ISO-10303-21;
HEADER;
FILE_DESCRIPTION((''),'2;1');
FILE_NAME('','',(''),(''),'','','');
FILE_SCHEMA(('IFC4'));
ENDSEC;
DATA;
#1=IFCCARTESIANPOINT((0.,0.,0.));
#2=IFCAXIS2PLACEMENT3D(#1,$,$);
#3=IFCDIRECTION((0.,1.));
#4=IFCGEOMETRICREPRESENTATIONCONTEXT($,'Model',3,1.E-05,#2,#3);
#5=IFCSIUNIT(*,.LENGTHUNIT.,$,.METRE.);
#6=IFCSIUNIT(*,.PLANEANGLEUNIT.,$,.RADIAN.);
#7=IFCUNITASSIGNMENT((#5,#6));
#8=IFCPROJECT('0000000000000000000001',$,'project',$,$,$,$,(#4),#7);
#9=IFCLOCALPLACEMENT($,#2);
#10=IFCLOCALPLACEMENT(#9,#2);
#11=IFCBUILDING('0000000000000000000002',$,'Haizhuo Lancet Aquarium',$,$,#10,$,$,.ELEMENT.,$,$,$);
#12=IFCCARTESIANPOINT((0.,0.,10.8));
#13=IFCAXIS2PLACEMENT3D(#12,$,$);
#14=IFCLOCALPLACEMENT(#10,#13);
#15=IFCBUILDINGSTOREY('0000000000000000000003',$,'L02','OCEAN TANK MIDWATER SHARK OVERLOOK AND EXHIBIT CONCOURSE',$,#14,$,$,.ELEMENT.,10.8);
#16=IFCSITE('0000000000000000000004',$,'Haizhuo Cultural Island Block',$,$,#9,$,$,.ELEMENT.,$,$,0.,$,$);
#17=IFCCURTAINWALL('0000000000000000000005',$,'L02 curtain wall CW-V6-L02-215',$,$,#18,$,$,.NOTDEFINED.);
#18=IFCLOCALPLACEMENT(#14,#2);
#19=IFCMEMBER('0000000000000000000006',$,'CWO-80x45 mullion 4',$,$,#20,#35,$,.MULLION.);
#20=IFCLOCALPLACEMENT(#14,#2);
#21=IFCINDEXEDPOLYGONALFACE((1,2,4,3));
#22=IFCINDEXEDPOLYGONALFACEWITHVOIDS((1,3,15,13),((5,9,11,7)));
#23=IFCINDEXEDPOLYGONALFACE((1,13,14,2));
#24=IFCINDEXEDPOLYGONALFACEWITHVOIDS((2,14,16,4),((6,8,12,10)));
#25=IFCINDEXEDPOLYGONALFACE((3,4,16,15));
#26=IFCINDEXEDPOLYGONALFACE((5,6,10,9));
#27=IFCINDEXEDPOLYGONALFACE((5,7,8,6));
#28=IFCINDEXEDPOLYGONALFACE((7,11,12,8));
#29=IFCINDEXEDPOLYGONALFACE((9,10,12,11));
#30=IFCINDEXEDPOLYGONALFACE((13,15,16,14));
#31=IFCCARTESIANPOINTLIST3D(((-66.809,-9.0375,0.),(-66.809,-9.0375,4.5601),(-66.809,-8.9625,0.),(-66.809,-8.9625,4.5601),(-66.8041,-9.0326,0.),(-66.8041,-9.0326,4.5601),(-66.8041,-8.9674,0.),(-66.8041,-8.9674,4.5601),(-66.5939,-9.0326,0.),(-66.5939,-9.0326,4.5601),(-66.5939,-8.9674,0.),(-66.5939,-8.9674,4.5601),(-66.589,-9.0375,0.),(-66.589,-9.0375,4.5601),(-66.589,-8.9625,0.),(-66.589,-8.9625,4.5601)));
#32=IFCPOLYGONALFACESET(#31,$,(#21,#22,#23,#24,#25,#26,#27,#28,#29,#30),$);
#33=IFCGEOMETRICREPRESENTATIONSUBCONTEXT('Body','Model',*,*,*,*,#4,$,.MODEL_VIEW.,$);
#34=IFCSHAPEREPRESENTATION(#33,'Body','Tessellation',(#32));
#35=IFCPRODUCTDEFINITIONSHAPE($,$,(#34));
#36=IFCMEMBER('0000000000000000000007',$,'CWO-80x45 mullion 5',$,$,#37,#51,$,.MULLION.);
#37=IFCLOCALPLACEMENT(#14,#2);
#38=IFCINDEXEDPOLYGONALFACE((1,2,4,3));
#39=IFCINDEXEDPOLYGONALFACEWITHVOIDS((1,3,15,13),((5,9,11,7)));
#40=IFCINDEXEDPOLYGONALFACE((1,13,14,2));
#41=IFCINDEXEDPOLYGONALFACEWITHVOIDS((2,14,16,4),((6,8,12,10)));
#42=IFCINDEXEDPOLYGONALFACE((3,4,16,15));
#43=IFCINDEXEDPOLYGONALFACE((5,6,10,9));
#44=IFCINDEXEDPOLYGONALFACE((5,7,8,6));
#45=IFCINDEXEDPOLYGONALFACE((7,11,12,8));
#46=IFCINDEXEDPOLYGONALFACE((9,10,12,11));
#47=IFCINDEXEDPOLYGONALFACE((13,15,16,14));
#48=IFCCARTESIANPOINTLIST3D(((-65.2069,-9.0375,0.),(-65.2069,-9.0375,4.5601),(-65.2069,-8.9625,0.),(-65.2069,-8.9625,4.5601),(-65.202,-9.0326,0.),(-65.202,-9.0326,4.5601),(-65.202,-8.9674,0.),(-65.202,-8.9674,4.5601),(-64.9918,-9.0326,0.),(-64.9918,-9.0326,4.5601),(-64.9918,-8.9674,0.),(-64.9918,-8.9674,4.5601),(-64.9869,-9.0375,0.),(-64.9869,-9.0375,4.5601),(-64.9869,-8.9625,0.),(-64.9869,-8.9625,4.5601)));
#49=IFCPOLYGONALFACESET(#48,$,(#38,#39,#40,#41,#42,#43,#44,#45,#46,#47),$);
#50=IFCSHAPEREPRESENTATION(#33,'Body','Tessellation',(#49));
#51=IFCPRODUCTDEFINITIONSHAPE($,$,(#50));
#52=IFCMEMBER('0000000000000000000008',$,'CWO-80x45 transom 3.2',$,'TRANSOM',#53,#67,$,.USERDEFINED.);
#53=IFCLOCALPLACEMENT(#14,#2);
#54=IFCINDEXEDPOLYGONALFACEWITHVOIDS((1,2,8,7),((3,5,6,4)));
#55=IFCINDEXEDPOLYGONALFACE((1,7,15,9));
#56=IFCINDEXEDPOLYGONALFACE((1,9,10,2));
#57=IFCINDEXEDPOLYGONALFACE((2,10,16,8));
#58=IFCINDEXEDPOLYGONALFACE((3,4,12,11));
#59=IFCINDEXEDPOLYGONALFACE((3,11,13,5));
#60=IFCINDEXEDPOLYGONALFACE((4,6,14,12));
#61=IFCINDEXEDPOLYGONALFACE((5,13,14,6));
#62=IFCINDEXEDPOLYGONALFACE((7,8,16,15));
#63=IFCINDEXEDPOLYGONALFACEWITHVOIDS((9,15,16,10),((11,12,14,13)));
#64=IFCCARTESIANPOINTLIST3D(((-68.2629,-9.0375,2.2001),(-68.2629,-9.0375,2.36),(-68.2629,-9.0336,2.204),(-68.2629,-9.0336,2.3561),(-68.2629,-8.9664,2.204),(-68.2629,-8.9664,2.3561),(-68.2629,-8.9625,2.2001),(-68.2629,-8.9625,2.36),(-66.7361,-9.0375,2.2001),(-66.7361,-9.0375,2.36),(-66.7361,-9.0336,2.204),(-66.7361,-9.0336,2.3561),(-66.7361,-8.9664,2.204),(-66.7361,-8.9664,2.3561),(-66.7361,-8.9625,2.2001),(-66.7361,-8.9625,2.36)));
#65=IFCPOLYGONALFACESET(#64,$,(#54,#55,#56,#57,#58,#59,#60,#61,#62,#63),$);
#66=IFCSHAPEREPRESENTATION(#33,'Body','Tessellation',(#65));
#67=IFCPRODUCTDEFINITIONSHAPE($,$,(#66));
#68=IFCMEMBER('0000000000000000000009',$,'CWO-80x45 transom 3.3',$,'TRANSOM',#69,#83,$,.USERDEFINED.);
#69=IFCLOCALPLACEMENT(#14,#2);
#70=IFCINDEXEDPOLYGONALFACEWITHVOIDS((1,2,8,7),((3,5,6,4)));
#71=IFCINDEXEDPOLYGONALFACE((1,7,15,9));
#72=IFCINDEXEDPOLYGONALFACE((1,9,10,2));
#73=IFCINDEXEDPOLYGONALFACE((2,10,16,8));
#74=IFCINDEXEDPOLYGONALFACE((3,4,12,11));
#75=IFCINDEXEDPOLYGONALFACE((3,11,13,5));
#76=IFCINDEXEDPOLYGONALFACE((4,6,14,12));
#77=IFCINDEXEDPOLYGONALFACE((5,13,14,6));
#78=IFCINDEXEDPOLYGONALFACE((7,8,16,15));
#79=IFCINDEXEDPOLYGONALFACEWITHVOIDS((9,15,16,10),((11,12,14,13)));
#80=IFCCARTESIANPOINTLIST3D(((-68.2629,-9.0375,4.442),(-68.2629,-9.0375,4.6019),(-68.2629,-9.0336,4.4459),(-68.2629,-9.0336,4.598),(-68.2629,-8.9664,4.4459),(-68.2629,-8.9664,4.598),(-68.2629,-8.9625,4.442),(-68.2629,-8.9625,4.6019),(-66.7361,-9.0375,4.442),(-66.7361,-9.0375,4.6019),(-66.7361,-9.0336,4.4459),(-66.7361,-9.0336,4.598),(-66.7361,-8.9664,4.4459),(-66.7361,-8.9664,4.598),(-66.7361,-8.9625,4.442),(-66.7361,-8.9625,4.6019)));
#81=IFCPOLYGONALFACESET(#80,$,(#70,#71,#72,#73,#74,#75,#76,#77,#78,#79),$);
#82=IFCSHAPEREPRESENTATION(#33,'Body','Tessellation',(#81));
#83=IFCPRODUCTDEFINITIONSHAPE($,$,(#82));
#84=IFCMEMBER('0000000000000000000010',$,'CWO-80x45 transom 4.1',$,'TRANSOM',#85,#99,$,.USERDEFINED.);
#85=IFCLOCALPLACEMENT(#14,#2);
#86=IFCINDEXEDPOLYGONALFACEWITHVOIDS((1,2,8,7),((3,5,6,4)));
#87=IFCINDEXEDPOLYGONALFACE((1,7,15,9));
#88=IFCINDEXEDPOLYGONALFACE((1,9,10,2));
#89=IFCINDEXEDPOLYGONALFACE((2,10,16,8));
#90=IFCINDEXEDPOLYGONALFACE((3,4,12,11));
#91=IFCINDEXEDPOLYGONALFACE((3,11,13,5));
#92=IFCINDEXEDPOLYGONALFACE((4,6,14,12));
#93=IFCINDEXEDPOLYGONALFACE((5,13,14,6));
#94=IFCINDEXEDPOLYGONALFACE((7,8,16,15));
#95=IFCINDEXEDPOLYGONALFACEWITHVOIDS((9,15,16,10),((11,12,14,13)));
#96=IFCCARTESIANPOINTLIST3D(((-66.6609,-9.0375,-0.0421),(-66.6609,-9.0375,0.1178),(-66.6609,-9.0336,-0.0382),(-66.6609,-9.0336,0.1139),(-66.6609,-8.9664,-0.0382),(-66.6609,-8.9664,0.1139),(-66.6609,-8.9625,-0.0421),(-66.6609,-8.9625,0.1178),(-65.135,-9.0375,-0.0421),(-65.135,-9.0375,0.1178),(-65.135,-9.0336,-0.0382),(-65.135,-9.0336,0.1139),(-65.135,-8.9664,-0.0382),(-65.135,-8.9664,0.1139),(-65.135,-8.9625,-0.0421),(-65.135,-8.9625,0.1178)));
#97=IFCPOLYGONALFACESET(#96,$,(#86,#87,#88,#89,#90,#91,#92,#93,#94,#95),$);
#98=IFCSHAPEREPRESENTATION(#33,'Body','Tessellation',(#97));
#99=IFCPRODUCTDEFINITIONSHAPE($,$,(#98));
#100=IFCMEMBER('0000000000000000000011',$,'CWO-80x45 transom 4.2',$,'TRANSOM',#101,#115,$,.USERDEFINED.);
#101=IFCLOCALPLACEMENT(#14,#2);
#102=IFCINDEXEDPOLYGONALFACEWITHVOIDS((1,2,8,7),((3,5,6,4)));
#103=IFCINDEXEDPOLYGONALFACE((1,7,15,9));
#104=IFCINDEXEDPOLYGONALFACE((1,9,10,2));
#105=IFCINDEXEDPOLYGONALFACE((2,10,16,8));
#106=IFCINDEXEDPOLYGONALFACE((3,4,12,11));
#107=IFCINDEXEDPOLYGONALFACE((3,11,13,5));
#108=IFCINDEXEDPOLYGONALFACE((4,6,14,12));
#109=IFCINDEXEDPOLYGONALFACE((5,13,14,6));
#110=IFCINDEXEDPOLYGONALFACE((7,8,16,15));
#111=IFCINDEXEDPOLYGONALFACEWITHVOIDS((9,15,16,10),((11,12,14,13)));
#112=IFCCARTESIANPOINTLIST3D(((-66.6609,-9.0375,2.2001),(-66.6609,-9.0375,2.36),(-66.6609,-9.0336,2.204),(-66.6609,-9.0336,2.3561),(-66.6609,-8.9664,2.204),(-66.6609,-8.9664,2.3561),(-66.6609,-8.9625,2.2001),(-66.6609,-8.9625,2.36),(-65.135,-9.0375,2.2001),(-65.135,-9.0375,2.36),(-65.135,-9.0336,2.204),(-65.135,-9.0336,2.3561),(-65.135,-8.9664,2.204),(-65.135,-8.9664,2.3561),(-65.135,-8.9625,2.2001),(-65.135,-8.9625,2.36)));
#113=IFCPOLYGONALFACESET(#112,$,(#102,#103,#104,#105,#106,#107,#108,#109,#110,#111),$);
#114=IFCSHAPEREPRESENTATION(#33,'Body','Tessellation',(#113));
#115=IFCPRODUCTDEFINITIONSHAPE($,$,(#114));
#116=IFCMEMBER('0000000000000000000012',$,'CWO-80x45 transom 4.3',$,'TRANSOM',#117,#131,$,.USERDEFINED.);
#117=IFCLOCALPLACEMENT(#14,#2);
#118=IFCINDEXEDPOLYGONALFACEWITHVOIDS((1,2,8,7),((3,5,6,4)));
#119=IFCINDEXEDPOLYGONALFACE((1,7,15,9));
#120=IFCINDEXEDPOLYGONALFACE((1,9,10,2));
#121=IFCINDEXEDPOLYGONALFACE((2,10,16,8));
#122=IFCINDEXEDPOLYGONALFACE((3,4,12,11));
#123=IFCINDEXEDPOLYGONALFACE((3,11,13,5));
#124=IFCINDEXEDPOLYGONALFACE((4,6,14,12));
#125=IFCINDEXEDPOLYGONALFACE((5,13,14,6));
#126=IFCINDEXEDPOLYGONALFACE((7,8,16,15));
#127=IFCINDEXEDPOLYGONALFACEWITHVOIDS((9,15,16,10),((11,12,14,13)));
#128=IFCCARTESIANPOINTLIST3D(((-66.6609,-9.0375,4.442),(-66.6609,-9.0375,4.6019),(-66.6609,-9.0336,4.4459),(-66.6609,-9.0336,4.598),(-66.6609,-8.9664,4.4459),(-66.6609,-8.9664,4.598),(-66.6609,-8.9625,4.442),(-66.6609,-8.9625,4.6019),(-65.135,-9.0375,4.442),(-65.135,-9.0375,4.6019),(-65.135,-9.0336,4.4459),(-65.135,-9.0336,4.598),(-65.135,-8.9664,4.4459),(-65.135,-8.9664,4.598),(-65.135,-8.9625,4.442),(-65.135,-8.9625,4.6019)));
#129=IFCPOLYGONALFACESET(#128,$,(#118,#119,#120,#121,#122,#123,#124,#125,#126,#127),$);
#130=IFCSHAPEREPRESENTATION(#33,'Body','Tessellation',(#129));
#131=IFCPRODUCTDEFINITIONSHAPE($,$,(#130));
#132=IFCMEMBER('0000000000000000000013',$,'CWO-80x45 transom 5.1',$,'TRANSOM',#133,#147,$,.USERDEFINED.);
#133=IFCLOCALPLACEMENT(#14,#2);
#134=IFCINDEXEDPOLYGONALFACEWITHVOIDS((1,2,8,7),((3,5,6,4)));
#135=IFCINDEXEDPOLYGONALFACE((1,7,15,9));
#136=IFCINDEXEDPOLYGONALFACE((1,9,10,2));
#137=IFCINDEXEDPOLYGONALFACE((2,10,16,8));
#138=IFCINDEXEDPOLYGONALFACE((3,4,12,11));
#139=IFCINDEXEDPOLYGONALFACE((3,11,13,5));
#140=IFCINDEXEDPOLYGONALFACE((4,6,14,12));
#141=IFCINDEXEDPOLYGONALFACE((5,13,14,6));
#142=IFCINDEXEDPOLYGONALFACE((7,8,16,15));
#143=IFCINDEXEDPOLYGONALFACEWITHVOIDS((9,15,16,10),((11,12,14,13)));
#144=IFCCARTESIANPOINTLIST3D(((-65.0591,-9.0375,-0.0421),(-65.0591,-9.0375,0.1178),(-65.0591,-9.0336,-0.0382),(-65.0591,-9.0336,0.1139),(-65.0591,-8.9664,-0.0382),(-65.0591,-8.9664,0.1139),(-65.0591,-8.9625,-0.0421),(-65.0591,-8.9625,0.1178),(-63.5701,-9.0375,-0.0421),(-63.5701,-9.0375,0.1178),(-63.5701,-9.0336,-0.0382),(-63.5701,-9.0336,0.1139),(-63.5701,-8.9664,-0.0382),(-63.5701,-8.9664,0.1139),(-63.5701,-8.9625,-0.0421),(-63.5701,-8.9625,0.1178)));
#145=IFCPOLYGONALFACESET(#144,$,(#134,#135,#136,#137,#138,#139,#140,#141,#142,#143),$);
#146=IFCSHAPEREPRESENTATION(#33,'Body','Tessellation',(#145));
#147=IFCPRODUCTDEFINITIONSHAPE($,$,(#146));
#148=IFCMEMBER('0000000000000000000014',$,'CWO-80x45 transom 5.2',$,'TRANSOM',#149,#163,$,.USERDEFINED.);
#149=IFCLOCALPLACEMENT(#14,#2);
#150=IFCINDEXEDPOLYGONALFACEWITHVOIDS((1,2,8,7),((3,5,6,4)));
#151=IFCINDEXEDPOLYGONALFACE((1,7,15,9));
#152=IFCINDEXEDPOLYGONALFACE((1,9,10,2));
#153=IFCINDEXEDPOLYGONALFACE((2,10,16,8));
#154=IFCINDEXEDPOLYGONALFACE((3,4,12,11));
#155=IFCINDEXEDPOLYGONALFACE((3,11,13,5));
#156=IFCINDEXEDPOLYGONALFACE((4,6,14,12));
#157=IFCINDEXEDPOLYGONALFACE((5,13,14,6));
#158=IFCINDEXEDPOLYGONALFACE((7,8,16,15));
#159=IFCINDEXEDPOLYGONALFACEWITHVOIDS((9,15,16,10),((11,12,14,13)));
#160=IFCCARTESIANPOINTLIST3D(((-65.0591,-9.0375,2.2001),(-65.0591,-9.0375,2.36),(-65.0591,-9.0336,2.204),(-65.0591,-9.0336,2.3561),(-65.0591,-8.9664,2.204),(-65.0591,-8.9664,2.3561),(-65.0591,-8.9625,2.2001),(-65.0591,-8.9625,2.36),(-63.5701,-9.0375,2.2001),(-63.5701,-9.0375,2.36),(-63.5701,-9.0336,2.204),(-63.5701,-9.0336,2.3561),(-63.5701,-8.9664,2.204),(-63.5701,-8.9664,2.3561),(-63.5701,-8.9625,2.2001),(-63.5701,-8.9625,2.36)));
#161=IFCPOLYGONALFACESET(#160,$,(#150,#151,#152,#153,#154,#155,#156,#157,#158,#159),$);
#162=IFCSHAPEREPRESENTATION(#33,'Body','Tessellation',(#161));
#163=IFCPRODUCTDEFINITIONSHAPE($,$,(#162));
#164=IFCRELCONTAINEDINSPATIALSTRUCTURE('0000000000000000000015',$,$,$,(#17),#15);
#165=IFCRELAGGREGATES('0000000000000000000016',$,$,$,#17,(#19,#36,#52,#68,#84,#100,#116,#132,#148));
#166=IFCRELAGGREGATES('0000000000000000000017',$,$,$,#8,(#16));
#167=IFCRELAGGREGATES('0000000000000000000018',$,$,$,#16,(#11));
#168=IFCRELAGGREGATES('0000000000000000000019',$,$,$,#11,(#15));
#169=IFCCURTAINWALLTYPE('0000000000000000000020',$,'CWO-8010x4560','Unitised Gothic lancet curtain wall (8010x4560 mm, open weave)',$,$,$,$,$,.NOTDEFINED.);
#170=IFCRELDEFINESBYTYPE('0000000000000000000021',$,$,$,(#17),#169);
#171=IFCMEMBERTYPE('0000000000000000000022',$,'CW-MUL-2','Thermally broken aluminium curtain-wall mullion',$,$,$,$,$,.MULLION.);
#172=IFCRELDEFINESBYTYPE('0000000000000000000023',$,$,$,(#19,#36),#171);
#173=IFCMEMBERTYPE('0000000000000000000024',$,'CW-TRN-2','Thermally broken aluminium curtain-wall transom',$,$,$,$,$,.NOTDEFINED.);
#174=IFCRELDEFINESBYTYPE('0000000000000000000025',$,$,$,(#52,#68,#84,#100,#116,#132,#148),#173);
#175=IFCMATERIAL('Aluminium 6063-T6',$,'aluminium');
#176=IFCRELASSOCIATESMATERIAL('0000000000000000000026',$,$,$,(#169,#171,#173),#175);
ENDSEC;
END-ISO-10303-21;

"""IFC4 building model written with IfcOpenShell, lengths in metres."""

from ifc_helpers import new_model, si_unit, direction, frame, origin, origin_2d, place, context, subcontext, project, spatial, hollow_rectangle, extrude, material, material_profile, profile_set, type_object, element, aggregate, save


model = new_model("IFC4")

# Units and contexts
model_context = context("Model", 3, precision=1e-05, world=origin(), true_north=direction((0.0, 1.0)))
body_context = subcontext(model_context, "Body", "Model", "MODEL_VIEW")
ifc_project = project(units=[si_unit("LENGTHUNIT", "METRE"), si_unit("PLANEANGLEUNIT", "RADIAN")], contexts=[model_context])

# Site, building, storey
site_placement = place(None, origin())
site = spatial("IfcSite", under=ifc_project, at=site_placement, Name="Haizhuo Cultural Island Block", CompositionType="ELEMENT", RefElevation=0.0)
building_placement = place(site_placement, origin())
building = spatial("IfcBuilding", under=site, at=building_placement, Name="Haizhuo Lancet Aquarium", CompositionType="ELEMENT")
storey_placement = place(building_placement, frame((0.0, 0.0, 10.8)))
storey = spatial("IfcBuildingStorey", under=building, at=storey_placement, Name="L02", Description="OCEAN TANK MIDWATER SHARK OVERLOOK AND EXHIBIT CONCOURSE", CompositionType="ELEMENT", Elevation=10.8)

# Curtain wall, members
ifc_material_1 = material(Name="Aluminium 6063-T6", Category="aluminium")
curtain_wall_type = type_object("IfcCurtainWallType", Name="CWO-8010x4560", Description="Unitised Gothic lancet curtain wall (8010x4560 mm, open weave)", PredefinedType="NOTDEFINED", material=ifc_material_1)
curtain_wall_placement = place(storey_placement, origin())
curtain_wall = element("IfcCurtainWall", 1, at=curtain_wall_placement, inside=storey, type_object=curtain_wall_type, Name="L02 curtain wall CW-V6-L02-215", PredefinedType="NOTDEFINED")
ifc_material_profile_1 = material_profile(ifc_material_1, hollow_rectangle(XDim=0.075, YDim=0.22, WallThickness=0.0049, at=origin_2d()), Name="ALU-M 75x220x5")
ifc_profile_set_1 = profile_set([ifc_material_profile_1], Name="Aluminium 6063-T6")
member_type_1 = type_object("IfcMemberType", Name="CW-MUL-2", Description="Thermally broken aluminium curtain-wall mullion", PredefinedType="MULLION", material=ifc_profile_set_1)
member_1_placement = place(storey_placement, frame((-66.699, -9.0, 0.0), z_axis=(0.0, 0.0, 1.0), x_axis=(0.0, 1.0, 0.0)))
member_1 = element("IfcMember", 2, at=member_1_placement, type_object=member_type_1, Name="CWO-80x45 mullion 4", PredefinedType="MULLION", context=body_context, shape_type="SweptSolid", body=[
    extrude(hollow_rectangle(XDim=0.075, YDim=0.22, WallThickness=0.0049, at=origin_2d()), origin(), (0.0, 0.0, 1.0), 4.5601),
])
member_2_placement = place(storey_placement, frame((-65.0969, -9.0, 0.0), z_axis=(0.0, 0.0, 1.0), x_axis=(0.0, 1.0, 0.0)))
member_2 = element("IfcMember", 3, at=member_2_placement, type_object=member_type_1, Name="CWO-80x45 mullion 5", PredefinedType="MULLION", context=body_context, shape_type="SweptSolid", body=[
    extrude(hollow_rectangle(XDim=0.075, YDim=0.22, WallThickness=0.0049, at=origin_2d()), origin(), (0.0, 0.0, 1.0), 4.5601),
])
ifc_material_profile_2 = material_profile(ifc_material_1, hollow_rectangle(XDim=0.075, YDim=0.1599, WallThickness=0.0039, at=origin_2d()), Name="ALU-T 75x160x4")
ifc_profile_set_2 = profile_set([ifc_material_profile_2], Name="Aluminium 6063-T6")
member_type_2 = type_object("IfcMemberType", Name="CW-TRN-2", Description="Thermally broken aluminium curtain-wall transom", PredefinedType="NOTDEFINED", material=ifc_profile_set_2)
member_3_placement = place(storey_placement, frame((-68.2629, -9.0, 2.28), z_axis=(1.0, 0.0, 0.0), x_axis=(0.0, 1.0, 0.0)))
member_3 = element("IfcMember", 4, at=member_3_placement, type_object=member_type_2, Name="CWO-80x45 transom 3.2", ObjectType="TRANSOM", PredefinedType="USERDEFINED", context=body_context, shape_type="SweptSolid", body=[
    extrude(hollow_rectangle(XDim=0.075, YDim=0.1599, WallThickness=0.0039, at=origin_2d()), origin(), (0.0, 0.0, 1.0), 1.5269),
])
member_4_placement = place(storey_placement, frame((-68.2629, -9.0, 4.522), z_axis=(1.0, 0.0, 0.0), x_axis=(0.0, 1.0, 0.0)))
member_4 = element("IfcMember", 5, at=member_4_placement, type_object=member_type_2, Name="CWO-80x45 transom 3.3", ObjectType="TRANSOM", PredefinedType="USERDEFINED", context=body_context, shape_type="SweptSolid", body=[
    extrude(hollow_rectangle(XDim=0.075, YDim=0.1599, WallThickness=0.0039, at=origin_2d()), origin(), (0.0, 0.0, 1.0), 1.5269),
])
member_5_placement = place(storey_placement, frame((-66.6609, -9.0, 0.0378), z_axis=(1.0, 0.0, 0.0), x_axis=(0.0, 1.0, 0.0)))
member_5 = element("IfcMember", 6, at=member_5_placement, type_object=member_type_2, Name="CWO-80x45 transom 4.1", ObjectType="TRANSOM", PredefinedType="USERDEFINED", context=body_context, shape_type="SweptSolid", body=[
    extrude(hollow_rectangle(XDim=0.075, YDim=0.1599, WallThickness=0.0039, at=origin_2d()), origin(), (0.0, 0.0, 1.0), 1.5259),
])
member_6_placement = place(storey_placement, frame((-66.6609, -9.0, 2.28), z_axis=(1.0, 0.0, 0.0), x_axis=(0.0, 1.0, 0.0)))
member_6 = element("IfcMember", 7, at=member_6_placement, type_object=member_type_2, Name="CWO-80x45 transom 4.2", ObjectType="TRANSOM", PredefinedType="USERDEFINED", context=body_context, shape_type="SweptSolid", body=[
    extrude(hollow_rectangle(XDim=0.075, YDim=0.1599, WallThickness=0.0039, at=origin_2d()), origin(), (0.0, 0.0, 1.0), 1.5259),
])
member_7_placement = place(storey_placement, frame((-66.6609, -9.0, 4.522), z_axis=(1.0, 0.0, 0.0), x_axis=(0.0, 1.0, 0.0)))
member_7 = element("IfcMember", 8, at=member_7_placement, type_object=member_type_2, Name="CWO-80x45 transom 4.3", ObjectType="TRANSOM", PredefinedType="USERDEFINED", context=body_context, shape_type="SweptSolid", body=[
    extrude(hollow_rectangle(XDim=0.075, YDim=0.1599, WallThickness=0.0039, at=origin_2d()), origin(), (0.0, 0.0, 1.0), 1.5259),
])
member_8_placement = place(storey_placement, frame((-65.0591, -9.0, 0.0378), z_axis=(1.0, 0.0, 0.0), x_axis=(0.0, 1.0, 0.0)))
member_8 = element("IfcMember", 9, at=member_8_placement, type_object=member_type_2, Name="CWO-80x45 transom 5.1", ObjectType="TRANSOM", PredefinedType="USERDEFINED", context=body_context, shape_type="SweptSolid", body=[
    extrude(hollow_rectangle(XDim=0.075, YDim=0.1599, WallThickness=0.0039, at=origin_2d()), origin(), (0.0, 0.0, 1.0), 1.489),
])
member_9_placement = place(storey_placement, frame((-65.0591, -9.0, 2.28), z_axis=(1.0, 0.0, 0.0), x_axis=(0.0, 1.0, 0.0)))
member_9 = element("IfcMember", 10, at=member_9_placement, type_object=member_type_2, Name="CWO-80x45 transom 5.2", ObjectType="TRANSOM", PredefinedType="USERDEFINED", context=body_context, shape_type="SweptSolid", body=[
    extrude(hollow_rectangle(XDim=0.075, YDim=0.1599, WallThickness=0.0039, at=origin_2d()), origin(), (0.0, 0.0, 1.0), 1.489),
])

aggregate(curtain_wall, [member_1, member_2, member_3, member_4, member_5, member_6, member_7, member_8, member_9])

save(model, "model.ifc")
